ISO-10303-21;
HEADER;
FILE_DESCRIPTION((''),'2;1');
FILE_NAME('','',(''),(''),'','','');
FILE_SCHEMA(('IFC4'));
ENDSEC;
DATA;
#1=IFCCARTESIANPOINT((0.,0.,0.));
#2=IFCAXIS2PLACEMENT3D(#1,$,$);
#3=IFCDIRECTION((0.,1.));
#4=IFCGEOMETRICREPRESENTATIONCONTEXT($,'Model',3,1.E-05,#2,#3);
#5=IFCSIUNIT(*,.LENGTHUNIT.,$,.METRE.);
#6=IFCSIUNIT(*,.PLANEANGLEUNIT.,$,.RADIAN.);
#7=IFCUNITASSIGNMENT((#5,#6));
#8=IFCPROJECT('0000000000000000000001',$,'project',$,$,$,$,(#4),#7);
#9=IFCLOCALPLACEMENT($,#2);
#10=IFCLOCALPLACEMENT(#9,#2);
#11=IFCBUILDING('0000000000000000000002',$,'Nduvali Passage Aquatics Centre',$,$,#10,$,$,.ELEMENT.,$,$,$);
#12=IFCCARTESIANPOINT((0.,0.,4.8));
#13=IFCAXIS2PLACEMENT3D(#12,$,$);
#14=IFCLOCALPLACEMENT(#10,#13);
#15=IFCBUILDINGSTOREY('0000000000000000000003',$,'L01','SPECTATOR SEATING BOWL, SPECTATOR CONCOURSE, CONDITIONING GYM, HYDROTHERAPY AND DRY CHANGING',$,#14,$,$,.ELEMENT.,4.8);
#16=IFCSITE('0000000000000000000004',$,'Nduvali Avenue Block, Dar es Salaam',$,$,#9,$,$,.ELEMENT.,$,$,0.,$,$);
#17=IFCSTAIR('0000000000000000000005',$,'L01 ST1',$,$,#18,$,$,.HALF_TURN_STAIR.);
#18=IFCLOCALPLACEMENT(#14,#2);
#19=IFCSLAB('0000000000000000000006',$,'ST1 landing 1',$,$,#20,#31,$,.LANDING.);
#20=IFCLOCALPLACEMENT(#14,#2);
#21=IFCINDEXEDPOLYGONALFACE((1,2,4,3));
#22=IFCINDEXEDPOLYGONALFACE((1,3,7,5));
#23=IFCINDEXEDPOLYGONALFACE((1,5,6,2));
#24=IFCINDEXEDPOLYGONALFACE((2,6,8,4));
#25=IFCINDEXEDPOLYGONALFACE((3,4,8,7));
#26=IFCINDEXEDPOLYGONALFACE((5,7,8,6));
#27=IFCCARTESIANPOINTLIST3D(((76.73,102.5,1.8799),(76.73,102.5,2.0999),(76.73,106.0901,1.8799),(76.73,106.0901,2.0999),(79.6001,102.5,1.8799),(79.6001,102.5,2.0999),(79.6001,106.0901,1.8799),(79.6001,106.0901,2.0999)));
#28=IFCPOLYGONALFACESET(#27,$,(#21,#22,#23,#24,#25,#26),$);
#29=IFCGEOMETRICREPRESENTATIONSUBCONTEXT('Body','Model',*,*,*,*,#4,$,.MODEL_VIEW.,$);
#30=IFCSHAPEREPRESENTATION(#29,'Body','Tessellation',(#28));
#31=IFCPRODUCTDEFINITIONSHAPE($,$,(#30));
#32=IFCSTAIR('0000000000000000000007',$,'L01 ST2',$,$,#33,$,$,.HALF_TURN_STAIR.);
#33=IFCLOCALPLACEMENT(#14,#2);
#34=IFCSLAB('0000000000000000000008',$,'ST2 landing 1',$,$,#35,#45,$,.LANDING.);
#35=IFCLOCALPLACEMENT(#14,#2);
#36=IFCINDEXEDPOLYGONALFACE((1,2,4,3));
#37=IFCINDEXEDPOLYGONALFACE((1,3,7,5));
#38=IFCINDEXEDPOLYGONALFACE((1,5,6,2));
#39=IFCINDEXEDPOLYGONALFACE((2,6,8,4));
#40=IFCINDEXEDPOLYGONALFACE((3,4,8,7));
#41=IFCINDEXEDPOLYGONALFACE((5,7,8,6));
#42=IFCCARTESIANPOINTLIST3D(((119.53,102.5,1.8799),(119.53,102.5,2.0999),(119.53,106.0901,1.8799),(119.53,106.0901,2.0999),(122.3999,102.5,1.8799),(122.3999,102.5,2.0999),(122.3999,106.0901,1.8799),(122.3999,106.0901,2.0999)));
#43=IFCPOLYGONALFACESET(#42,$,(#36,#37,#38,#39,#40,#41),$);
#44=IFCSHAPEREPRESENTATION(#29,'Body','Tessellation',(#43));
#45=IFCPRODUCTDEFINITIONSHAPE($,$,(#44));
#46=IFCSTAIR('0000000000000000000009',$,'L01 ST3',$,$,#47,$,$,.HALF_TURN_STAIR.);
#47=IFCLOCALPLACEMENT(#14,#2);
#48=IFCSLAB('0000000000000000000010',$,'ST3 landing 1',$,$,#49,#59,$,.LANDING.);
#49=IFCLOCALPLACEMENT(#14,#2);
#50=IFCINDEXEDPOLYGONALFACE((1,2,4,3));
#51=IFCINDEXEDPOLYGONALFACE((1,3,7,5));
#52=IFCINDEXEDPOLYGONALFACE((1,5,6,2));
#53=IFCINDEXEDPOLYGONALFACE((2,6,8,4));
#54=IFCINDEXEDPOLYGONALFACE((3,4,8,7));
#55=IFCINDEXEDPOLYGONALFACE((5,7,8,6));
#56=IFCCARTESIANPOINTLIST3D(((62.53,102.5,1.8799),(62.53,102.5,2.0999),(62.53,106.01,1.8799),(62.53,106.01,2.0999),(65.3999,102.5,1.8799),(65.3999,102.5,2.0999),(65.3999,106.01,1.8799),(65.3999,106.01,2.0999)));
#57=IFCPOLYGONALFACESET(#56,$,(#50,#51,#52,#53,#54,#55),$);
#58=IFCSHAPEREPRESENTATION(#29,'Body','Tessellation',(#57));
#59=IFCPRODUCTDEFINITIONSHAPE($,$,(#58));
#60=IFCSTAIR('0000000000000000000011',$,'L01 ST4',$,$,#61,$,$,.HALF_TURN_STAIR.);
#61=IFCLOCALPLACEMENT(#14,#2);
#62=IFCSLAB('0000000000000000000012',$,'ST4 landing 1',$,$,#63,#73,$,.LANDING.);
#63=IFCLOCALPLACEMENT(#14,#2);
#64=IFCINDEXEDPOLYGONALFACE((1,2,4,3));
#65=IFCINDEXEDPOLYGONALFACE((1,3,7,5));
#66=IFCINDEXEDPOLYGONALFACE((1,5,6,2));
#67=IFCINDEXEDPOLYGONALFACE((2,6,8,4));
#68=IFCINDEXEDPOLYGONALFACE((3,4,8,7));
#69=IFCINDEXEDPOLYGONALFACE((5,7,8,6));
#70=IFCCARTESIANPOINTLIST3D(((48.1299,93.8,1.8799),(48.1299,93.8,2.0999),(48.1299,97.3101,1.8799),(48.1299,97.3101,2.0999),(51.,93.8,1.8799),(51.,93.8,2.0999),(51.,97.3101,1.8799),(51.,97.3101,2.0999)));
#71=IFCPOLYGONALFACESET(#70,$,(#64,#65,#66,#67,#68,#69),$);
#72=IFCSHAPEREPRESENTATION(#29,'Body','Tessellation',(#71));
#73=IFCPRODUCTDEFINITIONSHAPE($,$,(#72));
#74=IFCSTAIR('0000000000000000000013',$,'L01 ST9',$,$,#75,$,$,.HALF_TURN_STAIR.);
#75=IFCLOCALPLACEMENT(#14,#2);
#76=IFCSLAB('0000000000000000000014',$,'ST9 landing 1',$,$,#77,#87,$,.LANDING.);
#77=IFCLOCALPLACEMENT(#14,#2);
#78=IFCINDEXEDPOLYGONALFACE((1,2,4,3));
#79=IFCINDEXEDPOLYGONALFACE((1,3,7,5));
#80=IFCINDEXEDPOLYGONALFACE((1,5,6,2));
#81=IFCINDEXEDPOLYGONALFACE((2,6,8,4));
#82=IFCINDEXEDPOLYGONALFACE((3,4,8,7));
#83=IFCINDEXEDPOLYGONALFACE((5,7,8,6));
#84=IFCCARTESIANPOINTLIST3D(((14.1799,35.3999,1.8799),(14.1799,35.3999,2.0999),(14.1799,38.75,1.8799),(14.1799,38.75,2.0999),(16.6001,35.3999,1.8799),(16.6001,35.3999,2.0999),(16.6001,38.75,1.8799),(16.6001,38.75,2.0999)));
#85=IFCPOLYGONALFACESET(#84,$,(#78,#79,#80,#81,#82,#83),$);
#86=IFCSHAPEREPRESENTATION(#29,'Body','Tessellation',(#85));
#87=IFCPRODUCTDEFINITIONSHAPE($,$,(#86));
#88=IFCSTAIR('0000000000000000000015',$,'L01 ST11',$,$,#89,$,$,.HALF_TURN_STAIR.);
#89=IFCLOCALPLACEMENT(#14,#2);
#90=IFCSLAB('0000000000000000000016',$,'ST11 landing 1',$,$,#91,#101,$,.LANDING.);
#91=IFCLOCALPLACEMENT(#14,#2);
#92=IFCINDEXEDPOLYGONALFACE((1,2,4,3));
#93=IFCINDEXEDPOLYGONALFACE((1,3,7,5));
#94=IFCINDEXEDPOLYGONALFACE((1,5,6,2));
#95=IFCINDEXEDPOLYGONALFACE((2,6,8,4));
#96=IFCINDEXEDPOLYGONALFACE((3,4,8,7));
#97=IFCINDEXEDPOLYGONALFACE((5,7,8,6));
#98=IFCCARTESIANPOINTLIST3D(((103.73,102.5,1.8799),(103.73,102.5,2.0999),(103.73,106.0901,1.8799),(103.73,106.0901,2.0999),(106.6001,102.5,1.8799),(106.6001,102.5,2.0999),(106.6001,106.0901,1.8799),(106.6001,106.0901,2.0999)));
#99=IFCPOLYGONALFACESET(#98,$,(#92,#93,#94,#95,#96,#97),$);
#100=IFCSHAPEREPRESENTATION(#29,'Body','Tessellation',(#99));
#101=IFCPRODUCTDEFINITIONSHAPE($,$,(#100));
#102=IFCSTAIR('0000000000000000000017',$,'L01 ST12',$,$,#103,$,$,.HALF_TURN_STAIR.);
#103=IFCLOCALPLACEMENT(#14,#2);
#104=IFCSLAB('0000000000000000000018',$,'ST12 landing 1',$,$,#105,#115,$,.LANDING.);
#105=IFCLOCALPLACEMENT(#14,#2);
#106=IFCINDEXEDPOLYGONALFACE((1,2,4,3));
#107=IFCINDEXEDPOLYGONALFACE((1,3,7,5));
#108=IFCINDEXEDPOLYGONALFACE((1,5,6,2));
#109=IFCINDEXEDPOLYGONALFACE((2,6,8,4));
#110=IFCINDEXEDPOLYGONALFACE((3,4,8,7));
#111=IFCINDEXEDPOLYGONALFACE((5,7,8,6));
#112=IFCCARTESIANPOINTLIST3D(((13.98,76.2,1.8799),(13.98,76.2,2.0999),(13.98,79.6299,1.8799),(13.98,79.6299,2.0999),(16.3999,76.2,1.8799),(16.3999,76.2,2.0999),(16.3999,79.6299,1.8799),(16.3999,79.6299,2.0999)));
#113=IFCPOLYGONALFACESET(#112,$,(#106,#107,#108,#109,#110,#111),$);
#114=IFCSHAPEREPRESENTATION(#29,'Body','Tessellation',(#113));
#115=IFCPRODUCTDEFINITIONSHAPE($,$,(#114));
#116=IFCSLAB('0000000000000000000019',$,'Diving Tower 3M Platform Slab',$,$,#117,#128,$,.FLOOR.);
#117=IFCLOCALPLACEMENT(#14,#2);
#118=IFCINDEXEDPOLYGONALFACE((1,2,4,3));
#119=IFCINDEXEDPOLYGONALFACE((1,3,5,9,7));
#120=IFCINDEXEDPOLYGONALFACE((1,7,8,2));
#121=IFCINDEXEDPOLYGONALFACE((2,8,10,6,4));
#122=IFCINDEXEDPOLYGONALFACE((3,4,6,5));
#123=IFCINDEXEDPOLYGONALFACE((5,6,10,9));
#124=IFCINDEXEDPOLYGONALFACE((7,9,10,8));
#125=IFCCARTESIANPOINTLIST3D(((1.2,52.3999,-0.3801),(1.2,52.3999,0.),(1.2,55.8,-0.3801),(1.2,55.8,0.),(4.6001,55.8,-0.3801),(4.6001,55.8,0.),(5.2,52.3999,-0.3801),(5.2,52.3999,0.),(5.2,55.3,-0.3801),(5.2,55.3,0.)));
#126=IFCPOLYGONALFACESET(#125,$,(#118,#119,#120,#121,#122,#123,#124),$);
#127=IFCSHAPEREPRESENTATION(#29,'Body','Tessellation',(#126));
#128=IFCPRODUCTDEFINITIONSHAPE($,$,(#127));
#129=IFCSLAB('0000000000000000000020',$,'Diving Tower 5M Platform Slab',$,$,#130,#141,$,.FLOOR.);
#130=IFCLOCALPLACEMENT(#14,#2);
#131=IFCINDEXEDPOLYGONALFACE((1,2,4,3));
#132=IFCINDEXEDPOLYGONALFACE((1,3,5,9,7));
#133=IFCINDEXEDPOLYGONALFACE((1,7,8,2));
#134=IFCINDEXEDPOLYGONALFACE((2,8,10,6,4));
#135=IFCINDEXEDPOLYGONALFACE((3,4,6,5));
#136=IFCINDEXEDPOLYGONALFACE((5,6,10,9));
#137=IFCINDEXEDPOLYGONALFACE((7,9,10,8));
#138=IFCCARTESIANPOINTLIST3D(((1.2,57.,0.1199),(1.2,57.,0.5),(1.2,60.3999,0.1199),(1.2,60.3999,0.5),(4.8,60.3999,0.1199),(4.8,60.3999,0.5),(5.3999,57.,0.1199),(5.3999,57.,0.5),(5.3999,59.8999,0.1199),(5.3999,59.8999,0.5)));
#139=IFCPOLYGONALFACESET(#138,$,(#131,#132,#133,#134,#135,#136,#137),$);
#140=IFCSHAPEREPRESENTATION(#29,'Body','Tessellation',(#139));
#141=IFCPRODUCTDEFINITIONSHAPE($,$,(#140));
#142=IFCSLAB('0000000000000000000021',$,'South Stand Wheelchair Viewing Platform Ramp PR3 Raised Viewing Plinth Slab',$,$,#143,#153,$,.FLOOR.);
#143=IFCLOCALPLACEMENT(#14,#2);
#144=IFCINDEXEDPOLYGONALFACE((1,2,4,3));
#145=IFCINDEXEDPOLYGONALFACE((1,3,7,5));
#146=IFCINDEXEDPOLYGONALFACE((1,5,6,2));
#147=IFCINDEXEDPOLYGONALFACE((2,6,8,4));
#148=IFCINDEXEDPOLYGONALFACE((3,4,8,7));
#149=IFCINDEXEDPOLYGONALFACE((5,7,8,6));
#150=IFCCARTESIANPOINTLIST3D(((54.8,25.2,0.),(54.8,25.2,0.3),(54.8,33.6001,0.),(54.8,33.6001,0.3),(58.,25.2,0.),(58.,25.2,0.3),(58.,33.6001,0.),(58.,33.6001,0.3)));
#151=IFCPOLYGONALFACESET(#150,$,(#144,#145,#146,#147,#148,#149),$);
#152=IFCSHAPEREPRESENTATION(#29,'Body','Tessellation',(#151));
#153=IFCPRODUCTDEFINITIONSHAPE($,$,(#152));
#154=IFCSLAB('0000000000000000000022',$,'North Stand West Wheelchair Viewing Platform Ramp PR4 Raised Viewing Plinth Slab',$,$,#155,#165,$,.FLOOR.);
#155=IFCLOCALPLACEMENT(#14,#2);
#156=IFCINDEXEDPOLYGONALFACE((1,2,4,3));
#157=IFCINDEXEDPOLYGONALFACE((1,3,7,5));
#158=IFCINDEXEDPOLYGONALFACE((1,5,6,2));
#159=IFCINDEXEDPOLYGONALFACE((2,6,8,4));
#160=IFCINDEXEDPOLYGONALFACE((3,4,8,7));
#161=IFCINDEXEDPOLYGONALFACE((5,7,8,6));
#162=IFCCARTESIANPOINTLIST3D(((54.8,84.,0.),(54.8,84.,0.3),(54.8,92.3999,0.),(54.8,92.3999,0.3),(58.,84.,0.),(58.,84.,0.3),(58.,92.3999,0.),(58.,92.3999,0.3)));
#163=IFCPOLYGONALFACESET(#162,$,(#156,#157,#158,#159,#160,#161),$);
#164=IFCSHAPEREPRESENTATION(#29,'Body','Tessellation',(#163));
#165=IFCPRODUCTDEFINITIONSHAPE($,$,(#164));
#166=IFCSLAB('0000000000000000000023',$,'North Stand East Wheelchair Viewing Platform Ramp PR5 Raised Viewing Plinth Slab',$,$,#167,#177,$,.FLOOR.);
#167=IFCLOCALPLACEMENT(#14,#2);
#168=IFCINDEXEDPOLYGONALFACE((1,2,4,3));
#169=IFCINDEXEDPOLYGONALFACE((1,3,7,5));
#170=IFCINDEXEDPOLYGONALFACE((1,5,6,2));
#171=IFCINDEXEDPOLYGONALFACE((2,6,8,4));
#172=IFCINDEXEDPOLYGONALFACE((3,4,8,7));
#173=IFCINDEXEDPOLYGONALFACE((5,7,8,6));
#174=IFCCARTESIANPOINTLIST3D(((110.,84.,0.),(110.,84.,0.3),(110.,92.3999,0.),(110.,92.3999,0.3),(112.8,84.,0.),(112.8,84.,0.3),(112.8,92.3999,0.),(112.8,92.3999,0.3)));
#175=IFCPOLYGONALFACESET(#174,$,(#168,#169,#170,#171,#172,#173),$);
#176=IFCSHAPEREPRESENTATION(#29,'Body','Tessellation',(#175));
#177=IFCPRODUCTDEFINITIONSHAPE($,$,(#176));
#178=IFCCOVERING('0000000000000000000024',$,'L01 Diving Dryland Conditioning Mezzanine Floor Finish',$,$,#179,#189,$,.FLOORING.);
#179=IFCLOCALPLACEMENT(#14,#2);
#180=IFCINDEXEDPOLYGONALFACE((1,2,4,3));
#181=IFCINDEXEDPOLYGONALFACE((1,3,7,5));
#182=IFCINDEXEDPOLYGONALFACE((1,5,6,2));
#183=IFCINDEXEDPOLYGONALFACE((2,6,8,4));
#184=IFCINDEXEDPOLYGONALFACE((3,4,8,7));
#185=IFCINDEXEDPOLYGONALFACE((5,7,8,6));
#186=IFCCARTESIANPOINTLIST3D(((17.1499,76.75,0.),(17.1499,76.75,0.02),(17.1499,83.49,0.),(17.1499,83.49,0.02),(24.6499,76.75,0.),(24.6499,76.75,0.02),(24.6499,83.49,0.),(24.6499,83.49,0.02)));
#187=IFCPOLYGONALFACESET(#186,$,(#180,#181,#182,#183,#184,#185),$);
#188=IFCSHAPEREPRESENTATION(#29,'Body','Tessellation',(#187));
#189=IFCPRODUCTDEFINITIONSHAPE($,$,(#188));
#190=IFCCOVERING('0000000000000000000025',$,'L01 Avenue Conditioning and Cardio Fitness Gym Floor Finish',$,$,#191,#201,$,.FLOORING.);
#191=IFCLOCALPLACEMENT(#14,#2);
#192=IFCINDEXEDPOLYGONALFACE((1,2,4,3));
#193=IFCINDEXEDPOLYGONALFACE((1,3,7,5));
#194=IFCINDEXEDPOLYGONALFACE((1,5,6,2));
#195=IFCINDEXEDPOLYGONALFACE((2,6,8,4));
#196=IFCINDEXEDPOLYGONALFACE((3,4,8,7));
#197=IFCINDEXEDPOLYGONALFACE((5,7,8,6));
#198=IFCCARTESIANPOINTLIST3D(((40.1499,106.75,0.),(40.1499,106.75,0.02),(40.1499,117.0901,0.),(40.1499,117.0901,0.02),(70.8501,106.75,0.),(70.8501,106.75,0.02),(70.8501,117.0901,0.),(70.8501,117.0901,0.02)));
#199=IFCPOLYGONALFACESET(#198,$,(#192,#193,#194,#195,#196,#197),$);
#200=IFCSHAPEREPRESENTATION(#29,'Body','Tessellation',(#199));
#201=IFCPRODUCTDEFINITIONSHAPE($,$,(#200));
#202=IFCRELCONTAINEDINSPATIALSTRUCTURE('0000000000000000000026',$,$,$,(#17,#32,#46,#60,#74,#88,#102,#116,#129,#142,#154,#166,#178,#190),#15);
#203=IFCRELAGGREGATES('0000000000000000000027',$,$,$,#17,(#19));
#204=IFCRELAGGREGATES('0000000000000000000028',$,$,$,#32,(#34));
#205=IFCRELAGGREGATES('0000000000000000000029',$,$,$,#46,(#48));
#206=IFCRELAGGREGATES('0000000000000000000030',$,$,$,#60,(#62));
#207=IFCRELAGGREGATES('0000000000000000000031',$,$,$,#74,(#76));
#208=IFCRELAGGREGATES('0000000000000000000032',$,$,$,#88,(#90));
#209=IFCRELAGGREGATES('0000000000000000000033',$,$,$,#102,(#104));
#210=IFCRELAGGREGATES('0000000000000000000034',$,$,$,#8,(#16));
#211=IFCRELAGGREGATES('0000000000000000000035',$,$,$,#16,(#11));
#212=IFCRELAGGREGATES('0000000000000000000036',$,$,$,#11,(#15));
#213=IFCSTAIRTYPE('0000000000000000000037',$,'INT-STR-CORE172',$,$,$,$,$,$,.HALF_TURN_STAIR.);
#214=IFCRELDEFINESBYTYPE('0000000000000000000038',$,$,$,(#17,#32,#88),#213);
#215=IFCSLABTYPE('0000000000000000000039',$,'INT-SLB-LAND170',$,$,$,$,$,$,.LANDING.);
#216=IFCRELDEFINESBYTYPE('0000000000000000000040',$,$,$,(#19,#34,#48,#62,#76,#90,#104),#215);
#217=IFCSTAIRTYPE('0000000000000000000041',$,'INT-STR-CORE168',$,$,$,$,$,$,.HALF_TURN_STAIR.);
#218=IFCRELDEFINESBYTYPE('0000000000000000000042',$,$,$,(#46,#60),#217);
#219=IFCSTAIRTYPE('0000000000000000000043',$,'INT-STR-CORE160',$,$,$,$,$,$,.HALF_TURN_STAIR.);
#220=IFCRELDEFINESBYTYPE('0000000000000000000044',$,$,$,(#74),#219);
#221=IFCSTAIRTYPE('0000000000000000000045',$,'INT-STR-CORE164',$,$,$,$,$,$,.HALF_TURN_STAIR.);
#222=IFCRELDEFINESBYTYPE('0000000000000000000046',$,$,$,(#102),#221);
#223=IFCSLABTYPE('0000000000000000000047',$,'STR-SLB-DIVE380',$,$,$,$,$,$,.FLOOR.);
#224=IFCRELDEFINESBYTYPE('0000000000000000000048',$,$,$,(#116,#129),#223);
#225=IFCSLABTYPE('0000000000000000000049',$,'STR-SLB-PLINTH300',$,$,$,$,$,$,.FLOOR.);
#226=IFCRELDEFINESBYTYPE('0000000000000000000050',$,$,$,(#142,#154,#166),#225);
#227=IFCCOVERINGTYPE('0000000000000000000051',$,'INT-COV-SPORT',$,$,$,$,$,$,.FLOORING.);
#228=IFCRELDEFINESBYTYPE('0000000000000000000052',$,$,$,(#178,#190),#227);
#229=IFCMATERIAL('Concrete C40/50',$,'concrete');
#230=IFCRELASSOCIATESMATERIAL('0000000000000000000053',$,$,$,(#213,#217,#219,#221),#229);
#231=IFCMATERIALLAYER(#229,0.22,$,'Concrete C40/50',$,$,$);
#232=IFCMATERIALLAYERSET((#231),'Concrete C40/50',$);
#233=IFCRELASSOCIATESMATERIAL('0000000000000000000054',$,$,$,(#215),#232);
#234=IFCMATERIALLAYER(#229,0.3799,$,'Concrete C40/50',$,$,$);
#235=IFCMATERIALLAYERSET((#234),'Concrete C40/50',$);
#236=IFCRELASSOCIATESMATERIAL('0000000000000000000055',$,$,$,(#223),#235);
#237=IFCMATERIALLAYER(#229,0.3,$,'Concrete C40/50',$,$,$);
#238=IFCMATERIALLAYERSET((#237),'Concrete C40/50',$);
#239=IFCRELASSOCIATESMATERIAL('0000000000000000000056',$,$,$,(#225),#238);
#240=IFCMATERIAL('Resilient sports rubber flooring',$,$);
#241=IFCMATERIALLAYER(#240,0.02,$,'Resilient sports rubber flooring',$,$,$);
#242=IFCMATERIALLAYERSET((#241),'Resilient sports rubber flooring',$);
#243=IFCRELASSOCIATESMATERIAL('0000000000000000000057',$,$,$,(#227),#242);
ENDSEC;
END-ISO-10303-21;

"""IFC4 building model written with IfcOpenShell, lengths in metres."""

from ifc_helpers import new_model, si_unit, direction, frame, origin, place, context, subcontext, project, spatial, polyline, outline, extrude, material, layer, layer_set, type_object, element, aggregate, save


model = new_model("IFC4")

# Units and contexts
model_context = context("Model", 3, precision=1e-05, world=origin(), true_north=direction((0.0, 1.0)))
body_context = subcontext(model_context, "Body", "Model", "MODEL_VIEW")
ifc_project = project(units=[si_unit("LENGTHUNIT", "METRE"), si_unit("PLANEANGLEUNIT", "RADIAN")], contexts=[model_context])

# Site, building, storey
site_placement = place(None, origin())
site = spatial("IfcSite", under=ifc_project, at=site_placement, Name="Nduvali Avenue Block, Dar es Salaam", CompositionType="ELEMENT", RefElevation=0.0)
building_placement = place(site_placement, origin())
building = spatial("IfcBuilding", under=site, at=building_placement, Name="Nduvali Passage Aquatics Centre", CompositionType="ELEMENT")
storey_placement = place(building_placement, frame((0.0, 0.0, 4.8)))
storey = spatial("IfcBuildingStorey", under=building, at=storey_placement, Name="L01", Description="SPECTATOR SEATING BOWL, SPECTATOR CONCOURSE, CONDITIONING GYM, HYDROTHERAPY AND DRY CHANGING", CompositionType="ELEMENT", Elevation=4.8)

# Stairs, slabs
ifc_material_1 = material(Name="Concrete C40/50", Category="concrete")
stair_type_1 = type_object("IfcStairType", Name="INT-STR-CORE172", PredefinedType="HALF_TURN_STAIR", material=ifc_material_1)
stair_1_placement = place(storey_placement, origin())
stair_1 = element("IfcStair", 1, at=stair_1_placement, inside=storey, type_object=stair_type_1, Name="L01 ST1", PredefinedType="HALF_TURN_STAIR")
ifc_layer_1 = layer(ifc_material_1, 0.22, Name="Concrete C40/50")
ifc_layer_set_1 = layer_set([ifc_layer_1], Name="Concrete C40/50")
slab_type_1 = type_object("IfcSlabType", Name="INT-SLB-LAND170", PredefinedType="LANDING", material=ifc_layer_set_1)
slab_1_placement = place(storey_placement, frame((0.0, 0.0, 1.8799)))
slab_1 = element("IfcSlab", 2, at=slab_1_placement, type_object=slab_type_1, Name="ST1 landing 1", PredefinedType="LANDING", context=body_context, shape_type="SweptSolid", body=[
    extrude(outline(polyline([(76.73, 102.5), (79.6001, 102.5), (79.6001, 106.0901), (76.73, 106.0901), (76.73, 102.5)])), origin(), (0.0, 0.0, 1.0), 0.22),
])
aggregate(stair_1, [slab_1])
stair_2_placement = place(storey_placement, origin())
stair_2 = element("IfcStair", 3, at=stair_2_placement, inside=storey, type_object=stair_type_1, Name="L01 ST2", PredefinedType="HALF_TURN_STAIR")
slab_2_placement = place(storey_placement, frame((0.0, 0.0, 1.8799)))
slab_2 = element("IfcSlab", 4, at=slab_2_placement, type_object=slab_type_1, Name="ST2 landing 1", PredefinedType="LANDING", context=body_context, shape_type="SweptSolid", body=[
    extrude(outline(polyline([(119.53, 102.5), (122.3999, 102.5), (122.3999, 106.0901), (119.53, 106.0901), (119.53, 102.5)])), origin(), (0.0, 0.0, 1.0), 0.22),
])
aggregate(stair_2, [slab_2])
stair_type_2 = type_object("IfcStairType", Name="INT-STR-CORE168", PredefinedType="HALF_TURN_STAIR", material=ifc_material_1)
stair_3_placement = place(storey_placement, origin())
stair_3 = element("IfcStair", 5, at=stair_3_placement, inside=storey, type_object=stair_type_2, Name="L01 ST3", PredefinedType="HALF_TURN_STAIR")
slab_3_placement = place(storey_placement, frame((0.0, 0.0, 1.8799)))
slab_3 = element("IfcSlab", 6, at=slab_3_placement, type_object=slab_type_1, Name="ST3 landing 1", PredefinedType="LANDING", context=body_context, shape_type="SweptSolid", body=[
    extrude(outline(polyline([(62.53, 102.5), (65.3999, 102.5), (65.3999, 106.01), (62.53, 106.01), (62.53, 102.5)])), origin(), (0.0, 0.0, 1.0), 0.22),
])
aggregate(stair_3, [slab_3])
stair_4_placement = place(storey_placement, origin())
stair_4 = element("IfcStair", 7, at=stair_4_placement, inside=storey, type_object=stair_type_2, Name="L01 ST4", PredefinedType="HALF_TURN_STAIR")
slab_4_placement = place(storey_placement, frame((0.0, 0.0, 1.8799)))
slab_4 = element("IfcSlab", 8, at=slab_4_placement, type_object=slab_type_1, Name="ST4 landing 1", PredefinedType="LANDING", context=body_context, shape_type="SweptSolid", body=[
    extrude(outline(polyline([(48.1299, 93.8), (51.0, 93.8), (51.0, 97.3101), (48.1299, 97.3101), (48.1299, 93.8)])), origin(), (0.0, 0.0, 1.0), 0.22),
])
aggregate(stair_4, [slab_4])
stair_type_3 = type_object("IfcStairType", Name="INT-STR-CORE160", PredefinedType="HALF_TURN_STAIR", material=ifc_material_1)
stair_5_placement = place(storey_placement, origin())
stair_5 = element("IfcStair", 9, at=stair_5_placement, inside=storey, type_object=stair_type_3, Name="L01 ST9", PredefinedType="HALF_TURN_STAIR")
slab_5_placement = place(storey_placement, frame((0.0, 0.0, 1.8799)))
slab_5 = element("IfcSlab", 10, at=slab_5_placement, type_object=slab_type_1, Name="ST9 landing 1", PredefinedType="LANDING", context=body_context, shape_type="SweptSolid", body=[
    extrude(outline(polyline([(14.1799, 35.3999), (16.6001, 35.3999), (16.6001, 38.75), (14.1799, 38.75), (14.1799, 35.3999)])), origin(), (0.0, 0.0, 1.0), 0.22),
])
aggregate(stair_5, [slab_5])
stair_6_placement = place(storey_placement, origin())
stair_6 = element("IfcStair", 11, at=stair_6_placement, inside=storey, type_object=stair_type_1, Name="L01 ST11", PredefinedType="HALF_TURN_STAIR")
slab_6_placement = place(storey_placement, frame((0.0, 0.0, 1.8799)))
slab_6 = element("IfcSlab", 12, at=slab_6_placement, type_object=slab_type_1, Name="ST11 landing 1", PredefinedType="LANDING", context=body_context, shape_type="SweptSolid", body=[
    extrude(outline(polyline([(103.73, 102.5), (106.6001, 102.5), (106.6001, 106.0901), (103.73, 106.0901), (103.73, 102.5)])), origin(), (0.0, 0.0, 1.0), 0.22),
])
aggregate(stair_6, [slab_6])
stair_type_4 = type_object("IfcStairType", Name="INT-STR-CORE164", PredefinedType="HALF_TURN_STAIR", material=ifc_material_1)
stair_7_placement = place(storey_placement, origin())
stair_7 = element("IfcStair", 13, at=stair_7_placement, inside=storey, type_object=stair_type_4, Name="L01 ST12", PredefinedType="HALF_TURN_STAIR")
slab_7_placement = place(storey_placement, frame((0.0, 0.0, 1.8799)))
slab_7 = element("IfcSlab", 14, at=slab_7_placement, type_object=slab_type_1, Name="ST12 landing 1", PredefinedType="LANDING", context=body_context, shape_type="SweptSolid", body=[
    extrude(outline(polyline([(13.98, 76.2), (16.3999, 76.2), (16.3999, 79.6299), (13.98, 79.6299), (13.98, 76.2)])), origin(), (0.0, 0.0, 1.0), 0.22),
])
aggregate(stair_7, [slab_7])

# Slabs
ifc_layer_2 = layer(ifc_material_1, 0.3799, Name="Concrete C40/50")
ifc_layer_set_2 = layer_set([ifc_layer_2], Name="Concrete C40/50")
slab_type_2 = type_object("IfcSlabType", Name="STR-SLB-DIVE380", PredefinedType="FLOOR", material=ifc_layer_set_2)
slab_8_placement = place(storey_placement, frame((0.0, 0.0, -0.3801)))
element("IfcSlab", 15, at=slab_8_placement, inside=storey, type_object=slab_type_2, Name="Diving Tower 3M Platform Slab", PredefinedType="FLOOR", context=body_context, shape_type="SweptSolid", body=[
    extrude(outline(polyline([(1.2, 52.3999), (5.2, 52.3999), (5.2, 55.3), (4.6001, 55.8), (1.2, 55.8), (1.2, 52.3999)])), origin(), (0.0, 0.0, 1.0), 0.3801),
])
slab_9_placement = place(storey_placement, frame((0.0, 0.0, 0.1199)))
element("IfcSlab", 16, at=slab_9_placement, inside=storey, type_object=slab_type_2, Name="Diving Tower 5M Platform Slab", PredefinedType="FLOOR", context=body_context, shape_type="SweptSolid", body=[
    extrude(outline(polyline([(1.2, 57.0), (5.3999, 57.0), (5.3999, 59.8999), (4.8, 60.3999), (1.2, 60.3999), (1.2, 57.0)])), origin(), (0.0, 0.0, 1.0), 0.3801),
])
ifc_layer_3 = layer(ifc_material_1, 0.3, Name="Concrete C40/50")
ifc_layer_set_3 = layer_set([ifc_layer_3], Name="Concrete C40/50")
slab_type_3 = type_object("IfcSlabType", Name="STR-SLB-PLINTH300", PredefinedType="FLOOR", material=ifc_layer_set_3)
slab_10_placement = place(storey_placement, origin())
element("IfcSlab", 17, at=slab_10_placement, inside=storey, type_object=slab_type_3, Name="South Stand Wheelchair Viewing Platform Ramp PR3 Raised Viewing Plinth Slab", PredefinedType="FLOOR", context=body_context, shape_type="SweptSolid", body=[
    extrude(outline(polyline([(54.8, 25.2), (58.0, 25.2), (58.0, 33.6001), (54.8, 33.6001), (54.8, 25.2)])), origin(), (0.0, 0.0, 1.0), 0.3),
])
slab_11_placement = place(storey_placement, origin())
element("IfcSlab", 18, at=slab_11_placement, inside=storey, type_object=slab_type_3, Name="North Stand West Wheelchair Viewing Platform Ramp PR4 Raised Viewing Plinth Slab", PredefinedType="FLOOR", context=body_context, shape_type="SweptSolid", body=[
    extrude(outline(polyline([(54.8, 84.0), (58.0, 84.0), (58.0, 92.3999), (54.8, 92.3999), (54.8, 84.0)])), origin(), (0.0, 0.0, 1.0), 0.3),
])
slab_12_placement = place(storey_placement, origin())
element("IfcSlab", 19, at=slab_12_placement, inside=storey, type_object=slab_type_3, Name="North Stand East Wheelchair Viewing Platform Ramp PR5 Raised Viewing Plinth Slab", PredefinedType="FLOOR", context=body_context, shape_type="SweptSolid", body=[
    extrude(outline(polyline([(110.0, 84.0), (112.8, 84.0), (112.8, 92.3999), (110.0, 92.3999), (110.0, 84.0)])), origin(), (0.0, 0.0, 1.0), 0.3),
])

# Coverings
ifc_material_2 = material(Name="Resilient sports rubber flooring")
ifc_layer_4 = layer(ifc_material_2, 0.02, Name="Resilient sports rubber flooring")
ifc_layer_set_4 = layer_set([ifc_layer_4], Name="Resilient sports rubber flooring")
covering_type_1 = type_object("IfcCoveringType", Name="INT-COV-SPORT", PredefinedType="FLOORING", material=ifc_layer_set_4)
covering_1_placement = place(storey_placement, origin())
element("IfcCovering", 20, at=covering_1_placement, inside=storey, type_object=covering_type_1, Name="L01 Diving Dryland Conditioning Mezzanine Floor Finish", PredefinedType="FLOORING", context=body_context, shape_type="SweptSolid", body=[
    extrude(outline(polyline([(17.1499, 76.75), (24.6499, 76.75), (24.6499, 83.49), (17.1499, 83.49), (17.1499, 76.75)])), origin(), (0.0, 0.0, 1.0), 0.02),
])
covering_2_placement = place(storey_placement, origin())
element("IfcCovering", 21, at=covering_2_placement, inside=storey, type_object=covering_type_1, Name="L01 Avenue Conditioning and Cardio Fitness Gym Floor Finish", PredefinedType="FLOORING", context=body_context, shape_type="SweptSolid", body=[
    extrude(outline(polyline([(40.1499, 106.75), (70.8501, 106.75), (70.8501, 117.0901), (40.1499, 117.0901), (40.1499, 106.75)])), origin(), (0.0, 0.0, 1.0), 0.02),
])

save(model, "model.ifc")
